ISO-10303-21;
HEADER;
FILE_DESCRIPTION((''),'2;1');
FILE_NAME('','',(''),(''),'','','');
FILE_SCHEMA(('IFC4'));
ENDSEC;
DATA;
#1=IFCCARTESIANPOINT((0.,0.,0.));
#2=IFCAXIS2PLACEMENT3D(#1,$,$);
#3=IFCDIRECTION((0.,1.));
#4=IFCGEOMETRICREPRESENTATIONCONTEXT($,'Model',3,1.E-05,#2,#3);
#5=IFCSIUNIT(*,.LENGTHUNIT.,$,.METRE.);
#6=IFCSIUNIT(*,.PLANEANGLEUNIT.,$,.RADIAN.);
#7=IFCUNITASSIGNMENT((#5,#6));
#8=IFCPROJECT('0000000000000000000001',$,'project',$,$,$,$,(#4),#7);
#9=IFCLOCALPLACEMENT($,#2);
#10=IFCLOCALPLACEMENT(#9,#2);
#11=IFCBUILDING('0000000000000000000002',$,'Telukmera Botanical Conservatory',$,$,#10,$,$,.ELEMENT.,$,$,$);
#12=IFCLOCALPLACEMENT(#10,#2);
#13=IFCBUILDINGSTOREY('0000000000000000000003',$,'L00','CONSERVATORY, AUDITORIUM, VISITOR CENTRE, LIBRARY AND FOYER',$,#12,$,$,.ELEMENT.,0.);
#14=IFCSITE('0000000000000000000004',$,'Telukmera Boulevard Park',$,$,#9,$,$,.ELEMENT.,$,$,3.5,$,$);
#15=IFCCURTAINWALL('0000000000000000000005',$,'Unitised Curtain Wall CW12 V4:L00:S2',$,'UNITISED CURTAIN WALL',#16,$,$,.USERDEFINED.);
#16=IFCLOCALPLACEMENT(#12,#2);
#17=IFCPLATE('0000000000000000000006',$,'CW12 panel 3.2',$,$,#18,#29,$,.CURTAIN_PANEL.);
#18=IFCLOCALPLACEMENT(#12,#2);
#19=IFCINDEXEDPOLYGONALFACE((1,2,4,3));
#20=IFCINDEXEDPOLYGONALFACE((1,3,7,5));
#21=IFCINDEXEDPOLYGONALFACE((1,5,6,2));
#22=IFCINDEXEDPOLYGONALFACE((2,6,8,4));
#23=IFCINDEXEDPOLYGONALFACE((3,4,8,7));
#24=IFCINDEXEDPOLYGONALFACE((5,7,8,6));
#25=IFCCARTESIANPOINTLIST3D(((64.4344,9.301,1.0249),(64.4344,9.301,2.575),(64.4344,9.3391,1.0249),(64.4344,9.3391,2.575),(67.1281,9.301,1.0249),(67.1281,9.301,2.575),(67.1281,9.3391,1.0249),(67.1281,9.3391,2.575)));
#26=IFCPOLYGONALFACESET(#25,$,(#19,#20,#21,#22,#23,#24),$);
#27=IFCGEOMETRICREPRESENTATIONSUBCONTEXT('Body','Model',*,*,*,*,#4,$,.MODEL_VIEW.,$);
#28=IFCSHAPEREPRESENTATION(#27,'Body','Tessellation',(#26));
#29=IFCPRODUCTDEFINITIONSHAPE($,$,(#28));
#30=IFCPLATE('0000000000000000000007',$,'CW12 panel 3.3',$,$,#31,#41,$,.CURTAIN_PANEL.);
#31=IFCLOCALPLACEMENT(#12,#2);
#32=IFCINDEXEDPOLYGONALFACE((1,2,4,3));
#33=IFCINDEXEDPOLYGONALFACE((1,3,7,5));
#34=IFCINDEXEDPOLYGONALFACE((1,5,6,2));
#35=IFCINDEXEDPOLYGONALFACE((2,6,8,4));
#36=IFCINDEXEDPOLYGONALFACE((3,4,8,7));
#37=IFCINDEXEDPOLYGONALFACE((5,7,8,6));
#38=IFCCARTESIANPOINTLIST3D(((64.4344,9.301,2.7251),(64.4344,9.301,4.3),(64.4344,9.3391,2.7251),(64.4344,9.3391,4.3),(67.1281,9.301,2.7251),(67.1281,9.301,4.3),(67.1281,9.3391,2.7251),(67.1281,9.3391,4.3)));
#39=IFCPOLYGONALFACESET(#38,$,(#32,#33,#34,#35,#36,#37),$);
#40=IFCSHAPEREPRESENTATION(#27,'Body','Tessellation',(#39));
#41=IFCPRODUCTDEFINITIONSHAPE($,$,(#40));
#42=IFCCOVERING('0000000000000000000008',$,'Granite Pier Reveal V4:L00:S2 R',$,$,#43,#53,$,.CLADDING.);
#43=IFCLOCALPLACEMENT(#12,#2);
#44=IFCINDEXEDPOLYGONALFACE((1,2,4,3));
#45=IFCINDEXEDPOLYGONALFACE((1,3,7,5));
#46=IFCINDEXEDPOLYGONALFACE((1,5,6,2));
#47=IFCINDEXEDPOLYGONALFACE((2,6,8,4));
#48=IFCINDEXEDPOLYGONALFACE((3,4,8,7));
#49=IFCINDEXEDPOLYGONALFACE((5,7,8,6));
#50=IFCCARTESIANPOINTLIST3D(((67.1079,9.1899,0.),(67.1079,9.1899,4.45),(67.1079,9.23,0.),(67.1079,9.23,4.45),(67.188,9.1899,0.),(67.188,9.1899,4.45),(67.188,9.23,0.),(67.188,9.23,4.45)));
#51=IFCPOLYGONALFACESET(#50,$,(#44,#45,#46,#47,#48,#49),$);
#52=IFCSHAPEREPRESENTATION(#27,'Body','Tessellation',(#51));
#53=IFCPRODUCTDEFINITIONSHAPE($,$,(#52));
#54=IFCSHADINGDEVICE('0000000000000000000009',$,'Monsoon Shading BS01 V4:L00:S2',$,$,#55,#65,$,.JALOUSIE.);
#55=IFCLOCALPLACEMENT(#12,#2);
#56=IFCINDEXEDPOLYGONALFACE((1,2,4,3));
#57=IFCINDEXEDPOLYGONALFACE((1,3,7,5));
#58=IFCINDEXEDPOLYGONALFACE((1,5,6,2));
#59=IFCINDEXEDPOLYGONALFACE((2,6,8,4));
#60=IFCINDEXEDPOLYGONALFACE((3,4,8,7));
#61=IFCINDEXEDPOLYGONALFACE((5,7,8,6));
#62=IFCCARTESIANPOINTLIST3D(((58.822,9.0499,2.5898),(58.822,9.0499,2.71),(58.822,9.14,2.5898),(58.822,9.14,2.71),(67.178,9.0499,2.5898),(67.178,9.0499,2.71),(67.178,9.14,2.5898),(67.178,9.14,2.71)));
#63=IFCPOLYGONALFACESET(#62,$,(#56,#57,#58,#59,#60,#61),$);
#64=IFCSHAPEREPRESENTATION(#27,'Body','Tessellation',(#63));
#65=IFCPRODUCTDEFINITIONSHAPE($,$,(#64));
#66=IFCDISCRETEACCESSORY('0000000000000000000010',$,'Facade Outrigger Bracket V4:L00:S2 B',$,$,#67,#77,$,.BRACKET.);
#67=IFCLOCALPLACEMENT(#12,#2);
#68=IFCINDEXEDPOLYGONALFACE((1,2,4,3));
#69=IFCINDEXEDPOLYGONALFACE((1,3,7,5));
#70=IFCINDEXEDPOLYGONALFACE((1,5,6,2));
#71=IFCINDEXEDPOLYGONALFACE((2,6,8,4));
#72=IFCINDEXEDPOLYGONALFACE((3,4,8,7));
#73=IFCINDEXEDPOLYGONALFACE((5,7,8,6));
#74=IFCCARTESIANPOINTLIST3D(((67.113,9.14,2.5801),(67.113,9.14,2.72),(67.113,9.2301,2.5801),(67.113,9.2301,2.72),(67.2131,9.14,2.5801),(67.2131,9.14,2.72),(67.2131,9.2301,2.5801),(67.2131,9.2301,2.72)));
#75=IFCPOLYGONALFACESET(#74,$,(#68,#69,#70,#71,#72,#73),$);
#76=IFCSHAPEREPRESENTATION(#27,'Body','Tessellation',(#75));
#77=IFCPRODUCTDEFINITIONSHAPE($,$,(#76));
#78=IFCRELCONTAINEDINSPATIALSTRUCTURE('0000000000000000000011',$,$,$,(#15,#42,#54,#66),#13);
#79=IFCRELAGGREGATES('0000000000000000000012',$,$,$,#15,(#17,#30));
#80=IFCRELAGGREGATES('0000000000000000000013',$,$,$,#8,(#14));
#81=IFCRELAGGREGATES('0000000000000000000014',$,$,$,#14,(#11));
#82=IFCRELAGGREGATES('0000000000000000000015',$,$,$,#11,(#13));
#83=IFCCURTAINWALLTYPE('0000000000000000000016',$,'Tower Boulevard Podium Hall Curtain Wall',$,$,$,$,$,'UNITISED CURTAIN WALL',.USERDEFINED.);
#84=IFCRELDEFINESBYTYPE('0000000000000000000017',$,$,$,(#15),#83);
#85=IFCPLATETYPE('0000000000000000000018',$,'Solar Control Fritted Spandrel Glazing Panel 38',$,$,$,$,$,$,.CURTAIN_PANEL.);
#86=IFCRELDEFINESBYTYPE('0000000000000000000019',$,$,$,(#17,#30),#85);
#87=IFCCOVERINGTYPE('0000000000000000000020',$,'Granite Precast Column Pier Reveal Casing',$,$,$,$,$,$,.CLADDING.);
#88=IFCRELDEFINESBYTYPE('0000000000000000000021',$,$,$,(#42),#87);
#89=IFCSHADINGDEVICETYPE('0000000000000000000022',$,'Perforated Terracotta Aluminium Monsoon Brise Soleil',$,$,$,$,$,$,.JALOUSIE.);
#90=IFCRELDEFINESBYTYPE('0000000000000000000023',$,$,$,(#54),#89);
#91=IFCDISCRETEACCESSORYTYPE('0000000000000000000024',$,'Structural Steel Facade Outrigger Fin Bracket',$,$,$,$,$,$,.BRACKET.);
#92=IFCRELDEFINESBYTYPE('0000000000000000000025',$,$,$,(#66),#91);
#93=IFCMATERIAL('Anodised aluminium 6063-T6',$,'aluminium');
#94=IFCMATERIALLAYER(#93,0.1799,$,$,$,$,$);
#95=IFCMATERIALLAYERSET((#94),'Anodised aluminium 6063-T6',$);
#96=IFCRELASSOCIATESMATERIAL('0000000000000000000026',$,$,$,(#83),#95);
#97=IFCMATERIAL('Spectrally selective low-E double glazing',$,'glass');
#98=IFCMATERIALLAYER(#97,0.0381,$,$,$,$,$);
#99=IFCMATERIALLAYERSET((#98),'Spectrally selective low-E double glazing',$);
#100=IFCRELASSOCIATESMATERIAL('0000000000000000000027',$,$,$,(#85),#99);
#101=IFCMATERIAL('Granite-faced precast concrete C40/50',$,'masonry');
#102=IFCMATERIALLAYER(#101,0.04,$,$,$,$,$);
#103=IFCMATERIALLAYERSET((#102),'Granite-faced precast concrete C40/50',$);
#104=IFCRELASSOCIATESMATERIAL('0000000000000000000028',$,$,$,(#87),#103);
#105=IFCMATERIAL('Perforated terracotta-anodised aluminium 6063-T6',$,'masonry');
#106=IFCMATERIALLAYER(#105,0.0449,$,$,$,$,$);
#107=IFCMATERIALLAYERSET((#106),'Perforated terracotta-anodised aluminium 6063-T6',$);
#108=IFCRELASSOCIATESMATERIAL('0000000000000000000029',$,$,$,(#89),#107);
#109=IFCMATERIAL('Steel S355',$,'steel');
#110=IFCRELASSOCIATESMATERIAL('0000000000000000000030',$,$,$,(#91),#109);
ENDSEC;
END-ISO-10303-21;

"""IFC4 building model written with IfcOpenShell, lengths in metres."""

from ifc_helpers import new_model, si_unit, direction, frame, origin, origin_2d, place, context, subcontext, project, spatial, rectangle, extrude, material, layer, layer_set, type_object, element, aggregate, save


model = new_model("IFC4")

# Units and contexts
model_context = context("Model", 3, precision=1e-05, world=origin(), true_north=direction((0.0, 1.0)))
body_context = subcontext(model_context, "Body", "Model", "MODEL_VIEW")
ifc_project = project(units=[si_unit("LENGTHUNIT", "METRE"), si_unit("PLANEANGLEUNIT", "RADIAN")], contexts=[model_context])

# Site, building, storey
site_placement = place(None, origin())
site = spatial("IfcSite", under=ifc_project, at=site_placement, Name="Telukmera Boulevard Park", CompositionType="ELEMENT", RefElevation=3.5)
building_placement = place(site_placement, origin())
building = spatial("IfcBuilding", under=site, at=building_placement, Name="Telukmera Botanical Conservatory", CompositionType="ELEMENT")
storey_placement = place(building_placement, origin())
storey = spatial("IfcBuildingStorey", under=building, at=storey_placement, Name="L00", Description="CONSERVATORY, AUDITORIUM, VISITOR CENTRE, LIBRARY AND FOYER", CompositionType="ELEMENT", Elevation=0.0)

# Curtain wall, plates
ifc_material_1 = material(Name="Anodised aluminium 6063-T6", Category="aluminium")
ifc_layer_1 = layer(ifc_material_1, 0.1799)
ifc_layer_set_1 = layer_set([ifc_layer_1], Name="Anodised aluminium 6063-T6")
curtain_wall_type = type_object("IfcCurtainWallType", Name="Tower Boulevard Podium Hall Curtain Wall", ElementType="UNITISED CURTAIN WALL", PredefinedType="USERDEFINED", material=ifc_layer_set_1)
curtain_wall_placement = place(storey_placement, origin())
curtain_wall = element("IfcCurtainWall", 1, at=curtain_wall_placement, inside=storey, type_object=curtain_wall_type, Name="Unitised Curtain Wall CW12 V4:L00:S2", ObjectType="UNITISED CURTAIN WALL", PredefinedType="USERDEFINED")
ifc_material_2 = material(Name="Spectrally selective low-E double glazing", Category="glass")
ifc_layer_2 = layer(ifc_material_2, 0.0381)
ifc_layer_set_2 = layer_set([ifc_layer_2], Name="Spectrally selective low-E double glazing")
plate_type = type_object("IfcPlateType", Name="Solar Control Fritted Spandrel Glazing Panel 38", PredefinedType="CURTAIN_PANEL", material=ifc_layer_set_2)
plate_1_placement = place(storey_placement, frame((65.7812, 9.3201, 1.0249), z_axis=(0.0, 0.0, 1.0), x_axis=(1.0, 0.0, 0.0)))
plate_1 = element("IfcPlate", 2, at=plate_1_placement, type_object=plate_type, Name="CW12 panel 3.2", PredefinedType="CURTAIN_PANEL", context=body_context, shape_type="SweptSolid", body=[
    extrude(rectangle(XDim=2.6936, YDim=0.0381, at=origin_2d()), origin(), (0.0, 0.0, 1.0), 1.55),
])
plate_2_placement = place(storey_placement, frame((65.7812, 9.3201, 2.7251), z_axis=(0.0, 0.0, 1.0), x_axis=(1.0, 0.0, 0.0)))
plate_2 = element("IfcPlate", 3, at=plate_2_placement, type_object=plate_type, Name="CW12 panel 3.3", PredefinedType="CURTAIN_PANEL", context=body_context, shape_type="SweptSolid", body=[
    extrude(rectangle(XDim=2.6936, YDim=0.0381, at=origin_2d()), origin(), (0.0, 0.0, 1.0), 1.575),
])
aggregate(curtain_wall, [plate_1, plate_2])

# Covering
ifc_material_3 = material(Name="Granite-faced precast concrete C40/50", Category="masonry")
ifc_layer_3 = layer(ifc_material_3, 0.04)
ifc_layer_set_3 = layer_set([ifc_layer_3], Name="Granite-faced precast concrete C40/50")
covering_type = type_object("IfcCoveringType", Name="Granite Precast Column Pier Reveal Casing", PredefinedType="CLADDING", material=ifc_layer_set_3)
covering_placement = place(storey_placement, frame((67.1479, 9.21, 0.0), z_axis=(0.0, 0.0, 1.0), x_axis=(1.0, 0.0, 0.0)))
element("IfcCovering", 4, at=covering_placement, inside=storey, type_object=covering_type, Name="Granite Pier Reveal V4:L00:S2 R", PredefinedType="CLADDING", context=body_context, shape_type="SweptSolid", body=[
    extrude(rectangle(XDim=0.0801, YDim=0.04, at=origin_2d()), origin(), (0.0, 0.0, 1.0), 4.45),
])

# Shading device
ifc_material_4 = material(Name="Perforated terracotta-anodised aluminium 6063-T6", Category="masonry")
ifc_layer_4 = layer(ifc_material_4, 0.0449)
ifc_layer_set_4 = layer_set([ifc_layer_4], Name="Perforated terracotta-anodised aluminium 6063-T6")
shading_device_type = type_object("IfcShadingDeviceType", Name="Perforated Terracotta Aluminium Monsoon Brise Soleil", PredefinedType="JALOUSIE", material=ifc_layer_set_4)
shading_device_placement = place(storey_placement, frame((63.0, 9.095, 2.5898), z_axis=(0.0, 0.0, 1.0), x_axis=(1.0, 0.0, 0.0)))
element("IfcShadingDevice", 5, at=shading_device_placement, inside=storey, type_object=shading_device_type, Name="Monsoon Shading BS01 V4:L00:S2", PredefinedType="JALOUSIE", context=body_context, shape_type="SweptSolid", body=[
    extrude(rectangle(XDim=8.356, YDim=0.0901, at=origin_2d()), origin(), (0.0, 0.0, 1.0), 0.1201),
])

# Discrete accessory
ifc_material_5 = material(Name="Steel S355", Category="steel")
discrete_accessory_type = type_object("IfcDiscreteAccessoryType", Name="Structural Steel Facade Outrigger Fin Bracket", PredefinedType="BRACKET", material=ifc_material_5)
discrete_accessory_placement = place(storey_placement, frame((67.1631, 9.1851, 2.5801), z_axis=(0.0, 0.0, 1.0), x_axis=(1.0, 0.0, 0.0)))
element("IfcDiscreteAccessory", 6, at=discrete_accessory_placement, inside=storey, type_object=discrete_accessory_type, Name="Facade Outrigger Bracket V4:L00:S2 B", PredefinedType="BRACKET", context=body_context, shape_type="SweptSolid", body=[
    extrude(rectangle(XDim=0.1001, YDim=0.0901, at=origin_2d()), origin(), (0.0, 0.0, 1.0), 0.1399),
])

save(model, "model.ifc")
